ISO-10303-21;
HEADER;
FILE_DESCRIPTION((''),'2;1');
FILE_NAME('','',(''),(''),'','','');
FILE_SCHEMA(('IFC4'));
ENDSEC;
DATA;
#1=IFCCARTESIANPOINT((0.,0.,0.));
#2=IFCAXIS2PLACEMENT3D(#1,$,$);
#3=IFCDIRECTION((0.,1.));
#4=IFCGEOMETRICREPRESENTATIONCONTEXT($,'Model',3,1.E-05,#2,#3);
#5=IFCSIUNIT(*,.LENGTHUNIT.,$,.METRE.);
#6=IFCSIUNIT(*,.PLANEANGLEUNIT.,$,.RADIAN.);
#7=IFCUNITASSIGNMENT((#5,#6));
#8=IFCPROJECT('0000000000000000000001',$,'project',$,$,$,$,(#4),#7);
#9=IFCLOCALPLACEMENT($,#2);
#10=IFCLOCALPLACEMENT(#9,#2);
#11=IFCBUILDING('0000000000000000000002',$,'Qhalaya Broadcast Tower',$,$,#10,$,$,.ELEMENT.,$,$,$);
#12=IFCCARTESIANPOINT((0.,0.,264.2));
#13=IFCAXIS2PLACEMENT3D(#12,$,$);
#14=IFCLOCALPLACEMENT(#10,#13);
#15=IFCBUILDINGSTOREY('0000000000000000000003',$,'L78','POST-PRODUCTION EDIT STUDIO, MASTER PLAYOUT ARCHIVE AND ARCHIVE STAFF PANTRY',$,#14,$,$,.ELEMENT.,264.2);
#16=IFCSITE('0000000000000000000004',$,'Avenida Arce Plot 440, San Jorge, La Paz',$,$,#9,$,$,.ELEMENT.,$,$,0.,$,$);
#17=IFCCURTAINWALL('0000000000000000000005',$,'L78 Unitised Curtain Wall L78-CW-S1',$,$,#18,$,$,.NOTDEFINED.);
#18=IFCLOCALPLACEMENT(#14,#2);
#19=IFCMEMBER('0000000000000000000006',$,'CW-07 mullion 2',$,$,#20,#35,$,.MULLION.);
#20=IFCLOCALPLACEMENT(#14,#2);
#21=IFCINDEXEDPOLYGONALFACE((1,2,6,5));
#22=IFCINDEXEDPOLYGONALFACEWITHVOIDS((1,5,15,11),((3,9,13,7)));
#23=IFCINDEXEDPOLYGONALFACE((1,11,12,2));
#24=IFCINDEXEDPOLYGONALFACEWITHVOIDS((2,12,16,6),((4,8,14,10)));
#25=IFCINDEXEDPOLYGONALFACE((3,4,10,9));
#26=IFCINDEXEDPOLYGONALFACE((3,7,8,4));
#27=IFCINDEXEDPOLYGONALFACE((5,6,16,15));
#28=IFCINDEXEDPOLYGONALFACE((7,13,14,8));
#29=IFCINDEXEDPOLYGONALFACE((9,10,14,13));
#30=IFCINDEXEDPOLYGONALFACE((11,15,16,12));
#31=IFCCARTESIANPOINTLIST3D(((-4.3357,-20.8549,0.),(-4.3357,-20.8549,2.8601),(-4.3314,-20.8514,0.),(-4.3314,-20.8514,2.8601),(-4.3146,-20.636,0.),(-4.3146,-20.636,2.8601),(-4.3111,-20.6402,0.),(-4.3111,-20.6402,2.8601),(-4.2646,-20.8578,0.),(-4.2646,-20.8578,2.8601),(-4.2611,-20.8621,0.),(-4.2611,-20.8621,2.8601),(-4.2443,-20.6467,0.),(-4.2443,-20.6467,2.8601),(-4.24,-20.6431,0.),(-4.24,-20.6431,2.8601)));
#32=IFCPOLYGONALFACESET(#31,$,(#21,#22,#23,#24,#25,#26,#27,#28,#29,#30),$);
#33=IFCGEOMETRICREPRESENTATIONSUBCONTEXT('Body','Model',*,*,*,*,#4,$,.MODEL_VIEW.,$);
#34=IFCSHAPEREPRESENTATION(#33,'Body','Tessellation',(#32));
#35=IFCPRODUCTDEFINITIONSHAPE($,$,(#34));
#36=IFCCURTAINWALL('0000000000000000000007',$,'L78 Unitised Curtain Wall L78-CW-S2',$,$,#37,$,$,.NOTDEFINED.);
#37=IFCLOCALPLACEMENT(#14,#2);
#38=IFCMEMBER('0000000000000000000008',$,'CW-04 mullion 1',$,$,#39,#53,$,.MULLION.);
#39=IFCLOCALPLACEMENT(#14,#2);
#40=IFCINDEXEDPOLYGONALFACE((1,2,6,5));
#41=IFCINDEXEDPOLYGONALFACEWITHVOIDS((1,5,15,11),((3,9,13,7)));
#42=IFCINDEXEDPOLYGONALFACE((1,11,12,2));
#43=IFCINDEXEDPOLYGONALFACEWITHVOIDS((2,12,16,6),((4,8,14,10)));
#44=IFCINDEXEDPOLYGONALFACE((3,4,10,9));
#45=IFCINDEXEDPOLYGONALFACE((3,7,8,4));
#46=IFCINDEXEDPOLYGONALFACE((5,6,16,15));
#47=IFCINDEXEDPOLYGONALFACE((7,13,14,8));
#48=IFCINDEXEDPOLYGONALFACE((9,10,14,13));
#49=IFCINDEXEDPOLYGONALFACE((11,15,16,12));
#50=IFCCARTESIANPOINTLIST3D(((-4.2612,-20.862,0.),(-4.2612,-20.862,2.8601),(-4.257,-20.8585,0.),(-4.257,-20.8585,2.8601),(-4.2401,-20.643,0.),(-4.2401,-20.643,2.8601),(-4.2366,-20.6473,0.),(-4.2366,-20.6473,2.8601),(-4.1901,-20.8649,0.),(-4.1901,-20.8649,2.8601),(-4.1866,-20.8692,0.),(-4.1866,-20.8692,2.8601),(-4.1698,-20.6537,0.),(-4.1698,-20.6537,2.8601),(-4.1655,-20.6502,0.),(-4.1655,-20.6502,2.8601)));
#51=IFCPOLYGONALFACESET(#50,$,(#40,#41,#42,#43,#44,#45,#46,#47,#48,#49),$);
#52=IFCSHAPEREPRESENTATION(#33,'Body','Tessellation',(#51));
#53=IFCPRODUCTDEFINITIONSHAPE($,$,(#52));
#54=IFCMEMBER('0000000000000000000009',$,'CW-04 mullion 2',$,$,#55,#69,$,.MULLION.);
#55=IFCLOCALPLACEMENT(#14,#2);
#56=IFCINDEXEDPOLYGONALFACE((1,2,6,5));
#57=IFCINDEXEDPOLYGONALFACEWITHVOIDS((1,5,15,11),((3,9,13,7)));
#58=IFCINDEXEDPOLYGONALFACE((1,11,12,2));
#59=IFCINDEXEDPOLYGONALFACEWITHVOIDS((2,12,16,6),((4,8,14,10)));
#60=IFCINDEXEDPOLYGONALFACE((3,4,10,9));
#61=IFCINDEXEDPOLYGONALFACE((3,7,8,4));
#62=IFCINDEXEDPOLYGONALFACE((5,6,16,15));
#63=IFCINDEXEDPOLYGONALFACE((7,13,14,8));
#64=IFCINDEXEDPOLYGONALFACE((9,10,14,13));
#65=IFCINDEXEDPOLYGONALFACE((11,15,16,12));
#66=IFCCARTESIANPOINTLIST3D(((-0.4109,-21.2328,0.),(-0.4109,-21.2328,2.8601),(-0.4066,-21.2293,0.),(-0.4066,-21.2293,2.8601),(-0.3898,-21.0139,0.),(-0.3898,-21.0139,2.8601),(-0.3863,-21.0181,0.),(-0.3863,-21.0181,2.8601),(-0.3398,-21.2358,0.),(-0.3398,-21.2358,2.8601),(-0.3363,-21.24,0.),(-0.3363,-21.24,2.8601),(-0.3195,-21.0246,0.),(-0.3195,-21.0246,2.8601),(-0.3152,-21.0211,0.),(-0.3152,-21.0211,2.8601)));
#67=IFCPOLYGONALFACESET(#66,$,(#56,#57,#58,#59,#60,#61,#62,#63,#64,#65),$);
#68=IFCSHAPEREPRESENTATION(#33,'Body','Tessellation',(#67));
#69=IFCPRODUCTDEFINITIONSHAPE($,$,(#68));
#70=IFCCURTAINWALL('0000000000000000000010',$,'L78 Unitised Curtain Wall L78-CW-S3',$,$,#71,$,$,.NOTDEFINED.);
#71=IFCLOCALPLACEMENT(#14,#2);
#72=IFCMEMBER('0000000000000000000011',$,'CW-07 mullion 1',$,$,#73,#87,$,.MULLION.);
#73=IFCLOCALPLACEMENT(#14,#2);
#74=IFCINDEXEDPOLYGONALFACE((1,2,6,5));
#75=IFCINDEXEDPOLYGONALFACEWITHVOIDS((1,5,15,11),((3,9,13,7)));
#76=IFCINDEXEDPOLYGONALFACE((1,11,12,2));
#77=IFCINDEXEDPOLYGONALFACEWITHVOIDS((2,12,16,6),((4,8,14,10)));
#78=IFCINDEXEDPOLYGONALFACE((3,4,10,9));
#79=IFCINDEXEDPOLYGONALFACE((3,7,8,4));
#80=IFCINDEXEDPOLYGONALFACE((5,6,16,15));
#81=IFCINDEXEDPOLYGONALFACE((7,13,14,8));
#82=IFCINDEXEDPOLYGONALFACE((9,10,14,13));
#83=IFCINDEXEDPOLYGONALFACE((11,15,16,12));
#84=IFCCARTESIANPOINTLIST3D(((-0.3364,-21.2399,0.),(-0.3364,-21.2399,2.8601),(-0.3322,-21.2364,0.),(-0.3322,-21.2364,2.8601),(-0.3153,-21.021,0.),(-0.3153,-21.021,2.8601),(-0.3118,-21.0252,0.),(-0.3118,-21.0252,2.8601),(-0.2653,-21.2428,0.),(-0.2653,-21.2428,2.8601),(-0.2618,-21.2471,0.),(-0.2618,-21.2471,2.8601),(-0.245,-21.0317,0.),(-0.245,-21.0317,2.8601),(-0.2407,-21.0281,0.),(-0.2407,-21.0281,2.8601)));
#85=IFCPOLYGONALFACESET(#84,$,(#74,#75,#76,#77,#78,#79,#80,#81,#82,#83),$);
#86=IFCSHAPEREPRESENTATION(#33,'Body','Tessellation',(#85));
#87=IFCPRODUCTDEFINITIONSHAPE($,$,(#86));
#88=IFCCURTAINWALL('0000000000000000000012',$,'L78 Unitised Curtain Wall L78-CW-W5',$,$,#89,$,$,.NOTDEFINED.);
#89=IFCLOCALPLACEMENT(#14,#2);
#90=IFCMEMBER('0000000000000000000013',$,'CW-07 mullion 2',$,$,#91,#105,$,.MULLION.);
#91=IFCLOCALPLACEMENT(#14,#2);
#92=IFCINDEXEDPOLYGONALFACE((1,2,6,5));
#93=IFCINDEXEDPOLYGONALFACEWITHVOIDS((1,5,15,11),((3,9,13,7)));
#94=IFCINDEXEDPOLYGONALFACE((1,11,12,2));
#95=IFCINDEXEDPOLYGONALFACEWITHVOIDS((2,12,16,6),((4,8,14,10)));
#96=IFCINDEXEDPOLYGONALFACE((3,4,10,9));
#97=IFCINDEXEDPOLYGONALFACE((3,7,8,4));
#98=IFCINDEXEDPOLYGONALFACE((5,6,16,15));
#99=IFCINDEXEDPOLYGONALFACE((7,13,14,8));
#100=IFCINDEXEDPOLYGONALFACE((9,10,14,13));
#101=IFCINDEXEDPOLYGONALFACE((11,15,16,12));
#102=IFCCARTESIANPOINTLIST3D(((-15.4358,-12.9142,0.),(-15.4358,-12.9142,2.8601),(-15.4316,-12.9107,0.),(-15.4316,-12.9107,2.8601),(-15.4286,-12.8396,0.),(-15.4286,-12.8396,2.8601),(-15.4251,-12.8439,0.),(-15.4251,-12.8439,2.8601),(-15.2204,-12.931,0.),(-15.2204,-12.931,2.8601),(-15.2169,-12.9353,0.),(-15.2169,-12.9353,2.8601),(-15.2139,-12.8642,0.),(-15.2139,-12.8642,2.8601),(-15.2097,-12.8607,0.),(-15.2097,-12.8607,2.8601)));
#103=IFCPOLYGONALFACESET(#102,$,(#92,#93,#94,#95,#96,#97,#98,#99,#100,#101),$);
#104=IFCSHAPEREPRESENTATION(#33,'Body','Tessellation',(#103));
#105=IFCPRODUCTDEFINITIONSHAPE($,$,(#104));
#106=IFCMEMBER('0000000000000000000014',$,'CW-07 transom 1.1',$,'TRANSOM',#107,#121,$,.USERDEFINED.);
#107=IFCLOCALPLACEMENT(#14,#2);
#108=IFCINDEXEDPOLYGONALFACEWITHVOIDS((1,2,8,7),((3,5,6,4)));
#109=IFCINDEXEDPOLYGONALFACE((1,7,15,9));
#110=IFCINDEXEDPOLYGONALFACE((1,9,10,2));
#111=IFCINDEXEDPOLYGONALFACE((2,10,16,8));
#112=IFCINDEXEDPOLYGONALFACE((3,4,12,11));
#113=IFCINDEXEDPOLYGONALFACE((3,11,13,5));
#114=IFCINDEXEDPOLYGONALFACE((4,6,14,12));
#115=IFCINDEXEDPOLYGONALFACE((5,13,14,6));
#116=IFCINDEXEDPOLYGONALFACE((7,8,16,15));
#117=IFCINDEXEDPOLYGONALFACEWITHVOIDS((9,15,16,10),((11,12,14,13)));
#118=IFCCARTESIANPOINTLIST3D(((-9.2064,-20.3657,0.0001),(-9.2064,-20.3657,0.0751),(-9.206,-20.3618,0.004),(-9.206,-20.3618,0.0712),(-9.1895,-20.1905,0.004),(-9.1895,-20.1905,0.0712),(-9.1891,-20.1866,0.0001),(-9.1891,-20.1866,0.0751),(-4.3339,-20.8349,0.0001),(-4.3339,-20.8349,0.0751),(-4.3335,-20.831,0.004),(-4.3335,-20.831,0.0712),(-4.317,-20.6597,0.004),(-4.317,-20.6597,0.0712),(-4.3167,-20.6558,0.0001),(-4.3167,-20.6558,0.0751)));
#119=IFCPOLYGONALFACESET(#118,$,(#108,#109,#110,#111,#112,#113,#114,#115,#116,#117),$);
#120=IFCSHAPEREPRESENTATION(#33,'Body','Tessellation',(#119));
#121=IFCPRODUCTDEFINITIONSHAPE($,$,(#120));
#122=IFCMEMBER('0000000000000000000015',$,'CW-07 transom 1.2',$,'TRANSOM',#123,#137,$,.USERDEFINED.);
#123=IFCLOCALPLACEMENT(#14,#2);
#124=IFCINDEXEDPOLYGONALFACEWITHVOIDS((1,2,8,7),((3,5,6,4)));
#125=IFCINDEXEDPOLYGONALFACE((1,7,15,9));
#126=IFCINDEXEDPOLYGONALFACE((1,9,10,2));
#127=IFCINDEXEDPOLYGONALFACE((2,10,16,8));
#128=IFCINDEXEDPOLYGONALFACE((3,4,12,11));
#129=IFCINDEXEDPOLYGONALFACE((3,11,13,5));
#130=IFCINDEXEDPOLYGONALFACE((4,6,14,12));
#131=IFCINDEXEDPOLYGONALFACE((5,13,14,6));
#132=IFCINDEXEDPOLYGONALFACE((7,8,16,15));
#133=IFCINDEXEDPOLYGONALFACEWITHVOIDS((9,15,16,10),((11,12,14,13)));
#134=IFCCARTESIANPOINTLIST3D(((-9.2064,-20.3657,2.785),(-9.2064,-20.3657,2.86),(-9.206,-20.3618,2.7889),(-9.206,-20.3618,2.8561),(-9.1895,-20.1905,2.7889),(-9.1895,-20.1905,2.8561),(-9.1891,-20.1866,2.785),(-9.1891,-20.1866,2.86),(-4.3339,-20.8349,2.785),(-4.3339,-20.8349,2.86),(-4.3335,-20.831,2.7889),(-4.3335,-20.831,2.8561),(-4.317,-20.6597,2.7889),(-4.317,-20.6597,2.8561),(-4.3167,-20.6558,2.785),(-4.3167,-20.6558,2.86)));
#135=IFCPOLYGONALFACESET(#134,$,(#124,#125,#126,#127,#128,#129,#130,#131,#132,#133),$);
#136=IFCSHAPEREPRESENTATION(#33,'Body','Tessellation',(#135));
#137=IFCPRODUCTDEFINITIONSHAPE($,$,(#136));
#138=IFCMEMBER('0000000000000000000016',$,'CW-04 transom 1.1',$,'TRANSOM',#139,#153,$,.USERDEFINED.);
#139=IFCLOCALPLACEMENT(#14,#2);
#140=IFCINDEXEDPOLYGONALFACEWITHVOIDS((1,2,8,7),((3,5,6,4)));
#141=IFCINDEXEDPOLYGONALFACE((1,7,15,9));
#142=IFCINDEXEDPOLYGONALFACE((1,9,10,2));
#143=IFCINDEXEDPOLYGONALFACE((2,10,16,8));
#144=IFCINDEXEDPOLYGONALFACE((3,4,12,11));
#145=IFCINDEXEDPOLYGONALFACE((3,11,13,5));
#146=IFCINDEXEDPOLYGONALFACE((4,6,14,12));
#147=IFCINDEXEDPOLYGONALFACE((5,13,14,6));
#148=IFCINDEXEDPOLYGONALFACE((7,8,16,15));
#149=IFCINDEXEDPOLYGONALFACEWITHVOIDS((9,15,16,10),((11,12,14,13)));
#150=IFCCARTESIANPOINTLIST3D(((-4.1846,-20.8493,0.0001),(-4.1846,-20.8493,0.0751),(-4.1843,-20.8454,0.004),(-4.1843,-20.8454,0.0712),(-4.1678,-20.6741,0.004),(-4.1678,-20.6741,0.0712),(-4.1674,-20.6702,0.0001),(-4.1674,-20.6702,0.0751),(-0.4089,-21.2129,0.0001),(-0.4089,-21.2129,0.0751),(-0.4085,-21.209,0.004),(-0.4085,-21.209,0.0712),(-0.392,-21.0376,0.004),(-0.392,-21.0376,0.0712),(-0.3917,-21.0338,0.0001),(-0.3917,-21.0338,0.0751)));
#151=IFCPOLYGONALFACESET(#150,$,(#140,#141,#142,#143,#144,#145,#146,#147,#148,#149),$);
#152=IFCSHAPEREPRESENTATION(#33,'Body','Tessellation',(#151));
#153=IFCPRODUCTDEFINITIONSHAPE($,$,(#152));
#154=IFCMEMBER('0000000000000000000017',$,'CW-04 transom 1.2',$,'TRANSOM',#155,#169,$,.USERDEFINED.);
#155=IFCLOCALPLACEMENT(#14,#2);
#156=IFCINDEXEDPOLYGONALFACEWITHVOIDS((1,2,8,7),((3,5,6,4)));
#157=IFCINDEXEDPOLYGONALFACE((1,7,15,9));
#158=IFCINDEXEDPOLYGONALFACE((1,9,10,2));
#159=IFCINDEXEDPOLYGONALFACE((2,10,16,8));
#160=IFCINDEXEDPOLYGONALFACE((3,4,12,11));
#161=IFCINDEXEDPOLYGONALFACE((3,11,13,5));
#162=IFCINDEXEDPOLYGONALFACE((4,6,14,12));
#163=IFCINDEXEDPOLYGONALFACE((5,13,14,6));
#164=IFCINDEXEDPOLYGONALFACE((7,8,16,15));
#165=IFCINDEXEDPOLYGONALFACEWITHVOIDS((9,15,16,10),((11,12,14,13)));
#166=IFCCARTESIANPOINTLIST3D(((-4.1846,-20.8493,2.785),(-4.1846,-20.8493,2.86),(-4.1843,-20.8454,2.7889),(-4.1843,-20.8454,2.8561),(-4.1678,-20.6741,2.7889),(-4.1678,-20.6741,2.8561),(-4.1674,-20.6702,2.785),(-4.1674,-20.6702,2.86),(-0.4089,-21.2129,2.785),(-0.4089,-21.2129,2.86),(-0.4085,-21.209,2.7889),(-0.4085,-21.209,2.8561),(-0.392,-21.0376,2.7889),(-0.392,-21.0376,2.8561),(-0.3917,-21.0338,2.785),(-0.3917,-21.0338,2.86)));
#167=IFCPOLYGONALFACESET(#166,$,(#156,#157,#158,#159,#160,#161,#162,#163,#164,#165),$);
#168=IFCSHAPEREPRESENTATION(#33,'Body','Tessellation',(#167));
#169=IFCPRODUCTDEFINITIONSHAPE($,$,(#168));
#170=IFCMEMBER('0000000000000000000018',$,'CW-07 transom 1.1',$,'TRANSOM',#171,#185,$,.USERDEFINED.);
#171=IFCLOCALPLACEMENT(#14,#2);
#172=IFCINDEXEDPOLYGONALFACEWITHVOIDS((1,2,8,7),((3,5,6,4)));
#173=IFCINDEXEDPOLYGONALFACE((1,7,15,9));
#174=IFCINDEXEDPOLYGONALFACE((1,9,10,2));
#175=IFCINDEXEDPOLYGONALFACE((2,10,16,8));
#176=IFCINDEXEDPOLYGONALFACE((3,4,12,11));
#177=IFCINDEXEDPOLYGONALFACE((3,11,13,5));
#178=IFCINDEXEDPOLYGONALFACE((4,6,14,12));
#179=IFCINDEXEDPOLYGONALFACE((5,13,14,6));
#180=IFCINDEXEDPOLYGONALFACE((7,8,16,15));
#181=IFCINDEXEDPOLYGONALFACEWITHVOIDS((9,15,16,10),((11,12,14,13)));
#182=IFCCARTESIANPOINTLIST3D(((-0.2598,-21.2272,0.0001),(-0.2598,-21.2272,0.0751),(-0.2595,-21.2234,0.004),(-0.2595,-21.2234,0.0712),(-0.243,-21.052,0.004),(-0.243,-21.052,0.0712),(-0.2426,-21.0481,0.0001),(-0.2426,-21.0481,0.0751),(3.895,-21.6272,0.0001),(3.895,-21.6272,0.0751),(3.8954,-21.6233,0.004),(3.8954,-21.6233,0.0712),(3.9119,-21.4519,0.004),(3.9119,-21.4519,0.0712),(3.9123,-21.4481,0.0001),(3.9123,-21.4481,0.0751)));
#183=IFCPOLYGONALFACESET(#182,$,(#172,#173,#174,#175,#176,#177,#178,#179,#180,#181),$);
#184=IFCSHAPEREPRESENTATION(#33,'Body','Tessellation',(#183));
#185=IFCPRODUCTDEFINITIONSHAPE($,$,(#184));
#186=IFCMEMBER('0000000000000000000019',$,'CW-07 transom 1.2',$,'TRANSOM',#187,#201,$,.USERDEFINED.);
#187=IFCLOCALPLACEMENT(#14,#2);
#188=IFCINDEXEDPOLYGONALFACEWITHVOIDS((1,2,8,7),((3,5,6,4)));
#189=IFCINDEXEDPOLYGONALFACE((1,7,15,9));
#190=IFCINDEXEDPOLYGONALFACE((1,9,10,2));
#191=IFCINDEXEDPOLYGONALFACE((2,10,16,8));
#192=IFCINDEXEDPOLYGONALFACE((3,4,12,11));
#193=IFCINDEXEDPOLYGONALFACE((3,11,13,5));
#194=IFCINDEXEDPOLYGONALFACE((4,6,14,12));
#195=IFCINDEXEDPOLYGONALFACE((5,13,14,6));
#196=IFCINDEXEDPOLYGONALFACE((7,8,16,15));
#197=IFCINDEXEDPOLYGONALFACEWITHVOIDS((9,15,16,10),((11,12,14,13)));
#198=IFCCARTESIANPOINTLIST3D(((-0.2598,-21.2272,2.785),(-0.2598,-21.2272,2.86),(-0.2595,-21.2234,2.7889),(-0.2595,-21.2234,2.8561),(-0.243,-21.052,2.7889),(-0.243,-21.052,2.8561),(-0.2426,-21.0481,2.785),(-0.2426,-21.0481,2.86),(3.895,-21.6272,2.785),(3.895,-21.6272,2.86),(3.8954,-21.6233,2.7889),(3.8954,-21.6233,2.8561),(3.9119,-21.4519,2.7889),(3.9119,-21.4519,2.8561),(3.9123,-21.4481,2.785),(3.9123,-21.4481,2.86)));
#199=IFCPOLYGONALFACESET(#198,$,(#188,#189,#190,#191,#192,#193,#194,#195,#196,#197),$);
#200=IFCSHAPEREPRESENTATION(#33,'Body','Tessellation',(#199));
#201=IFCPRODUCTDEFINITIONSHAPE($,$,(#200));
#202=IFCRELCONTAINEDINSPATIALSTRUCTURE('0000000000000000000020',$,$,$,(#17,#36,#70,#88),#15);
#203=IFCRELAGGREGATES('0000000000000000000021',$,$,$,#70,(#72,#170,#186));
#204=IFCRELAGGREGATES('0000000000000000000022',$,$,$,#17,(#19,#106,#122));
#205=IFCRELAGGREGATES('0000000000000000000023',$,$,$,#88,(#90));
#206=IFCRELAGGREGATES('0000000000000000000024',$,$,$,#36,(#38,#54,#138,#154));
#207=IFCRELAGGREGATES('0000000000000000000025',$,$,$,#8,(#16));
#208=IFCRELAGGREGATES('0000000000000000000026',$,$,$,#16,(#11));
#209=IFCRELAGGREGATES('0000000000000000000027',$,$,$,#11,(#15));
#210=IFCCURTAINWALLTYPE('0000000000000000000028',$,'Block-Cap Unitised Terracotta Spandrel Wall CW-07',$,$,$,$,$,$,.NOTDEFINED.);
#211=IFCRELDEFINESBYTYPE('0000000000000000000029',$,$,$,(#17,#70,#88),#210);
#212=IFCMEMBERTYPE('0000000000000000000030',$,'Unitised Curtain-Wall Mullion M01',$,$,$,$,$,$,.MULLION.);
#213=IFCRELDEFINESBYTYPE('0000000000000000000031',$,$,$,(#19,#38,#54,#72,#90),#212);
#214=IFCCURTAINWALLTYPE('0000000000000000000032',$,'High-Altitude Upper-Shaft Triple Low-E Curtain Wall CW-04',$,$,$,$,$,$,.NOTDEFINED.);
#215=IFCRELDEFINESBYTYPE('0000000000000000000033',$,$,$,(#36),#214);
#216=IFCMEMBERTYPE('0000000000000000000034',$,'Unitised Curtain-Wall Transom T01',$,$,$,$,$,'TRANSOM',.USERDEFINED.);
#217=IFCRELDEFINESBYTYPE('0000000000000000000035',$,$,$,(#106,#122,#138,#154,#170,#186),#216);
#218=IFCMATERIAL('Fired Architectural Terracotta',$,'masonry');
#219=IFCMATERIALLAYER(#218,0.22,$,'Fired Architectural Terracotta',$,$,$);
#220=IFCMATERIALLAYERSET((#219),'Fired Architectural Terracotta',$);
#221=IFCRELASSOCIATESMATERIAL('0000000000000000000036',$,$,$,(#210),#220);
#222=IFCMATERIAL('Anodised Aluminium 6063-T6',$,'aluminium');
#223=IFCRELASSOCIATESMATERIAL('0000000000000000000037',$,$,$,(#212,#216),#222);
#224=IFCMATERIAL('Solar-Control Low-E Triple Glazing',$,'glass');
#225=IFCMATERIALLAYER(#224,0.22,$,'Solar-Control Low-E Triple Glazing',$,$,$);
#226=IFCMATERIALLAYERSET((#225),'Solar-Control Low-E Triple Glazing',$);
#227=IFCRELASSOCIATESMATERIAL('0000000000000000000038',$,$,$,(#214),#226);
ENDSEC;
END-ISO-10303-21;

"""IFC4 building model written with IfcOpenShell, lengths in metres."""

from ifc_helpers import new_model, si_unit, direction, frame, origin, origin_2d, place, context, subcontext, project, spatial, hollow_rectangle, extrude, material, layer, layer_set, material_profile, profile_set, type_object, element, aggregate, save


model = new_model("IFC4")

# Units and contexts
model_context = context("Model", 3, precision=1e-05, world=origin(), true_north=direction((0.0, 1.0)))
body_context = subcontext(model_context, "Body", "Model", "MODEL_VIEW")
ifc_project = project(units=[si_unit("LENGTHUNIT", "METRE"), si_unit("PLANEANGLEUNIT", "RADIAN")], contexts=[model_context])

# Site, building, storey
site_placement = place(None, origin())
site = spatial("IfcSite", under=ifc_project, at=site_placement, Name="Avenida Arce Plot 440, San Jorge, La Paz", CompositionType="ELEMENT", RefElevation=0.0)
building_placement = place(site_placement, origin())
building = spatial("IfcBuilding", under=site, at=building_placement, Name="Qhalaya Broadcast Tower", CompositionType="ELEMENT")
storey_placement = place(building_placement, frame((0.0, 0.0, 264.2)))
storey = spatial("IfcBuildingStorey", under=building, at=storey_placement, Name="L78", Description="POST-PRODUCTION EDIT STUDIO, MASTER PLAYOUT ARCHIVE AND ARCHIVE STAFF PANTRY", CompositionType="ELEMENT", Elevation=264.2)

# Curtain walls, members
ifc_material_1 = material(Name="Fired Architectural Terracotta", Category="masonry")
ifc_layer_1 = layer(ifc_material_1, 0.22, Name="Fired Architectural Terracotta")
ifc_layer_set_1 = layer_set([ifc_layer_1], Name="Fired Architectural Terracotta")
curtain_wall_type_1 = type_object("IfcCurtainWallType", Name="Block-Cap Unitised Terracotta Spandrel Wall CW-07", PredefinedType="NOTDEFINED", material=ifc_layer_set_1)
curtain_wall_1_placement = place(storey_placement, origin())
curtain_wall_1 = element("IfcCurtainWall", 1, at=curtain_wall_1_placement, inside=storey, type_object=curtain_wall_type_1, Name="L78 Unitised Curtain Wall L78-CW-S1", PredefinedType="NOTDEFINED")
ifc_material_2 = material(Name="Anodised Aluminium 6063-T6", Category="aluminium")
ifc_material_profile_1 = material_profile(ifc_material_2, hollow_rectangle(XDim=0.075, YDim=0.22, WallThickness=0.0039, at=origin_2d()), Name="ALU-MUL 75x220x4")
ifc_profile_set_1 = profile_set([ifc_material_profile_1], Name="Anodised Aluminium 6063-T6")
member_type_1 = type_object("IfcMemberType", Name="Unitised Curtain-Wall Mullion M01", PredefinedType="MULLION", material=ifc_profile_set_1)
member_1_placement = place(storey_placement, frame((-4.2878, -20.749, 0.0), z_axis=(0.0, 0.0, 1.0), x_axis=(0.995395, -0.095857, 0.0)))
member_1 = element("IfcMember", 2, at=member_1_placement, type_object=member_type_1, Name="CW-07 mullion 2", PredefinedType="MULLION", context=body_context, shape_type="SweptSolid", body=[
    extrude(hollow_rectangle(XDim=0.075, YDim=0.22, WallThickness=0.0039, at=origin_2d()), origin(), (0.0, 0.0, 1.0), 2.8601),
])
ifc_material_3 = material(Name="Solar-Control Low-E Triple Glazing", Category="glass")
ifc_layer_2 = layer(ifc_material_3, 0.22, Name="Solar-Control Low-E Triple Glazing")
ifc_layer_set_2 = layer_set([ifc_layer_2], Name="Solar-Control Low-E Triple Glazing")
curtain_wall_type_2 = type_object("IfcCurtainWallType", Name="High-Altitude Upper-Shaft Triple Low-E Curtain Wall CW-04", PredefinedType="NOTDEFINED", material=ifc_layer_set_2)
curtain_wall_2_placement = place(storey_placement, origin())
curtain_wall_2 = element("IfcCurtainWall", 3, at=curtain_wall_2_placement, inside=storey, type_object=curtain_wall_type_2, Name="L78 Unitised Curtain Wall L78-CW-S2", PredefinedType="NOTDEFINED")
member_2_placement = place(storey_placement, frame((-4.2134, -20.7561, 0.0), z_axis=(0.0, 0.0, 1.0), x_axis=(0.995397, -0.095842, 0.0)))
member_2 = element("IfcMember", 4, at=member_2_placement, type_object=member_type_1, Name="CW-04 mullion 1", PredefinedType="MULLION", context=body_context, shape_type="SweptSolid", body=[
    extrude(hollow_rectangle(XDim=0.075, YDim=0.22, WallThickness=0.0039, at=origin_2d()), origin(), (0.0, 0.0, 1.0), 2.8601),
])
member_3_placement = place(storey_placement, frame((-0.363, -21.127, 0.0), z_axis=(0.0, 0.0, 1.0), x_axis=(0.995397, -0.095842, 0.0)))
member_3 = element("IfcMember", 5, at=member_3_placement, type_object=member_type_1, Name="CW-04 mullion 2", PredefinedType="MULLION", context=body_context, shape_type="SweptSolid", body=[
    extrude(hollow_rectangle(XDim=0.075, YDim=0.22, WallThickness=0.0039, at=origin_2d()), origin(), (0.0, 0.0, 1.0), 2.8601),
])

# Curtain walls, members
curtain_wall_3_placement = place(storey_placement, origin())
curtain_wall_3 = element("IfcCurtainWall", 6, at=curtain_wall_3_placement, inside=storey, type_object=curtain_wall_type_1, Name="L78 Unitised Curtain Wall L78-CW-S3", PredefinedType="NOTDEFINED")
member_4_placement = place(storey_placement, frame((-0.2886, -21.134, 0.0), z_axis=(0.0, 0.0, 1.0), x_axis=(0.995397, -0.095837, 0.0)))
member_4 = element("IfcMember", 7, at=member_4_placement, type_object=member_type_1, Name="CW-07 mullion 1", PredefinedType="MULLION", context=body_context, shape_type="SweptSolid", body=[
    extrude(hollow_rectangle(XDim=0.075, YDim=0.22, WallThickness=0.0039, at=origin_2d()), origin(), (0.0, 0.0, 1.0), 2.8601),
])
curtain_wall_4_placement = place(storey_placement, origin())
curtain_wall_4 = element("IfcCurtainWall", 8, at=curtain_wall_4_placement, inside=storey, type_object=curtain_wall_type_1, Name="L78 Unitised Curtain Wall L78-CW-W5", PredefinedType="NOTDEFINED")
member_5_placement = place(storey_placement, frame((-15.3228, -12.8875, 0.0), z_axis=(0.0, 0.0, 1.0), x_axis=(-0.09584, -0.995397, 0.0)))
member_5 = element("IfcMember", 9, at=member_5_placement, type_object=member_type_1, Name="CW-07 mullion 2", PredefinedType="MULLION", context=body_context, shape_type="SweptSolid", body=[
    extrude(hollow_rectangle(XDim=0.075, YDim=0.22, WallThickness=0.0039, at=origin_2d()), origin(), (0.0, 0.0, 1.0), 2.8601),
])

# Members
ifc_material_profile_2 = material_profile(ifc_material_2, hollow_rectangle(XDim=0.075, YDim=0.1799, WallThickness=0.0039, at=origin_2d()), Name="ALU-TRN 75x180x4")
ifc_profile_set_2 = profile_set([ifc_material_profile_2], Name="Anodised Aluminium 6063-T6")
member_type_2 = type_object("IfcMemberType", Name="Unitised Curtain-Wall Transom T01", ElementType="TRANSOM", PredefinedType="USERDEFINED", material=ifc_profile_set_2)
member_6_placement = place(storey_placement, frame((-9.1978, -20.2761, 0.0376), z_axis=(0.995395, -0.095859, 0.0), x_axis=(0.0, 0.0, 1.0)))
member_6 = element("IfcMember", 10, at=member_6_placement, type_object=member_type_2, Name="CW-07 transom 1.1", ObjectType="TRANSOM", PredefinedType="USERDEFINED", context=body_context, shape_type="SweptSolid", body=[
    extrude(hollow_rectangle(XDim=0.075, YDim=0.1799, WallThickness=0.0039, at=origin_2d()), origin(), (0.0, 0.0, 1.0), 4.895),
])
member_7_placement = place(storey_placement, frame((-9.1978, -20.2761, 2.8225), z_axis=(0.995395, -0.095859, 0.0), x_axis=(0.0, 0.0, 1.0)))
member_7 = element("IfcMember", 11, at=member_7_placement, type_object=member_type_2, Name="CW-07 transom 1.2", ObjectType="TRANSOM", PredefinedType="USERDEFINED", context=body_context, shape_type="SweptSolid", body=[
    extrude(hollow_rectangle(XDim=0.075, YDim=0.1799, WallThickness=0.0039, at=origin_2d()), origin(), (0.0, 0.0, 1.0), 4.895),
])
member_8_placement = place(storey_placement, frame((-4.176, -20.7598, 0.0376), z_axis=(0.995397, -0.095839, 0.0), x_axis=(0.0, 0.0, 1.0)))
member_8 = element("IfcMember", 12, at=member_8_placement, type_object=member_type_2, Name="CW-04 transom 1.1", ObjectType="TRANSOM", PredefinedType="USERDEFINED", context=body_context, shape_type="SweptSolid", body=[
    extrude(hollow_rectangle(XDim=0.075, YDim=0.1799, WallThickness=0.0039, at=origin_2d()), origin(), (0.0, 0.0, 1.0), 3.7932),
])
member_9_placement = place(storey_placement, frame((-4.176, -20.7598, 2.8225), z_axis=(0.995397, -0.095839, 0.0), x_axis=(0.0, 0.0, 1.0)))
member_9 = element("IfcMember", 13, at=member_9_placement, type_object=member_type_2, Name="CW-04 transom 1.2", ObjectType="TRANSOM", PredefinedType="USERDEFINED", context=body_context, shape_type="SweptSolid", body=[
    extrude(hollow_rectangle(XDim=0.075, YDim=0.1799, WallThickness=0.0039, at=origin_2d()), origin(), (0.0, 0.0, 1.0), 3.7932),
])
member_10_placement = place(storey_placement, frame((-0.2512, -21.1377, 0.0376), z_axis=(0.9954, -0.095808, 0.0), x_axis=(0.0, 0.0, 1.0)))
member_10 = element("IfcMember", 14, at=member_10_placement, type_object=member_type_2, Name="CW-07 transom 1.1", ObjectType="TRANSOM", PredefinedType="USERDEFINED", context=body_context, shape_type="SweptSolid", body=[
    extrude(hollow_rectangle(XDim=0.075, YDim=0.1799, WallThickness=0.0039, at=origin_2d()), origin(), (0.0, 0.0, 1.0), 4.1741),
])
member_11_placement = place(storey_placement, frame((-0.2512, -21.1377, 2.8225), z_axis=(0.9954, -0.095808, 0.0), x_axis=(0.0, 0.0, 1.0)))
member_11 = element("IfcMember", 15, at=member_11_placement, type_object=member_type_2, Name="CW-07 transom 1.2", ObjectType="TRANSOM", PredefinedType="USERDEFINED", context=body_context, shape_type="SweptSolid", body=[
    extrude(hollow_rectangle(XDim=0.075, YDim=0.1799, WallThickness=0.0039, at=origin_2d()), origin(), (0.0, 0.0, 1.0), 4.1741),
])
aggregate(curtain_wall_3, [member_4, member_10, member_11])

aggregate(curtain_wall_1, [member_1, member_6, member_7])
aggregate(curtain_wall_4, [member_5])
aggregate(curtain_wall_2, [member_2, member_3, member_8, member_9])

save(model, "model.ifc")
